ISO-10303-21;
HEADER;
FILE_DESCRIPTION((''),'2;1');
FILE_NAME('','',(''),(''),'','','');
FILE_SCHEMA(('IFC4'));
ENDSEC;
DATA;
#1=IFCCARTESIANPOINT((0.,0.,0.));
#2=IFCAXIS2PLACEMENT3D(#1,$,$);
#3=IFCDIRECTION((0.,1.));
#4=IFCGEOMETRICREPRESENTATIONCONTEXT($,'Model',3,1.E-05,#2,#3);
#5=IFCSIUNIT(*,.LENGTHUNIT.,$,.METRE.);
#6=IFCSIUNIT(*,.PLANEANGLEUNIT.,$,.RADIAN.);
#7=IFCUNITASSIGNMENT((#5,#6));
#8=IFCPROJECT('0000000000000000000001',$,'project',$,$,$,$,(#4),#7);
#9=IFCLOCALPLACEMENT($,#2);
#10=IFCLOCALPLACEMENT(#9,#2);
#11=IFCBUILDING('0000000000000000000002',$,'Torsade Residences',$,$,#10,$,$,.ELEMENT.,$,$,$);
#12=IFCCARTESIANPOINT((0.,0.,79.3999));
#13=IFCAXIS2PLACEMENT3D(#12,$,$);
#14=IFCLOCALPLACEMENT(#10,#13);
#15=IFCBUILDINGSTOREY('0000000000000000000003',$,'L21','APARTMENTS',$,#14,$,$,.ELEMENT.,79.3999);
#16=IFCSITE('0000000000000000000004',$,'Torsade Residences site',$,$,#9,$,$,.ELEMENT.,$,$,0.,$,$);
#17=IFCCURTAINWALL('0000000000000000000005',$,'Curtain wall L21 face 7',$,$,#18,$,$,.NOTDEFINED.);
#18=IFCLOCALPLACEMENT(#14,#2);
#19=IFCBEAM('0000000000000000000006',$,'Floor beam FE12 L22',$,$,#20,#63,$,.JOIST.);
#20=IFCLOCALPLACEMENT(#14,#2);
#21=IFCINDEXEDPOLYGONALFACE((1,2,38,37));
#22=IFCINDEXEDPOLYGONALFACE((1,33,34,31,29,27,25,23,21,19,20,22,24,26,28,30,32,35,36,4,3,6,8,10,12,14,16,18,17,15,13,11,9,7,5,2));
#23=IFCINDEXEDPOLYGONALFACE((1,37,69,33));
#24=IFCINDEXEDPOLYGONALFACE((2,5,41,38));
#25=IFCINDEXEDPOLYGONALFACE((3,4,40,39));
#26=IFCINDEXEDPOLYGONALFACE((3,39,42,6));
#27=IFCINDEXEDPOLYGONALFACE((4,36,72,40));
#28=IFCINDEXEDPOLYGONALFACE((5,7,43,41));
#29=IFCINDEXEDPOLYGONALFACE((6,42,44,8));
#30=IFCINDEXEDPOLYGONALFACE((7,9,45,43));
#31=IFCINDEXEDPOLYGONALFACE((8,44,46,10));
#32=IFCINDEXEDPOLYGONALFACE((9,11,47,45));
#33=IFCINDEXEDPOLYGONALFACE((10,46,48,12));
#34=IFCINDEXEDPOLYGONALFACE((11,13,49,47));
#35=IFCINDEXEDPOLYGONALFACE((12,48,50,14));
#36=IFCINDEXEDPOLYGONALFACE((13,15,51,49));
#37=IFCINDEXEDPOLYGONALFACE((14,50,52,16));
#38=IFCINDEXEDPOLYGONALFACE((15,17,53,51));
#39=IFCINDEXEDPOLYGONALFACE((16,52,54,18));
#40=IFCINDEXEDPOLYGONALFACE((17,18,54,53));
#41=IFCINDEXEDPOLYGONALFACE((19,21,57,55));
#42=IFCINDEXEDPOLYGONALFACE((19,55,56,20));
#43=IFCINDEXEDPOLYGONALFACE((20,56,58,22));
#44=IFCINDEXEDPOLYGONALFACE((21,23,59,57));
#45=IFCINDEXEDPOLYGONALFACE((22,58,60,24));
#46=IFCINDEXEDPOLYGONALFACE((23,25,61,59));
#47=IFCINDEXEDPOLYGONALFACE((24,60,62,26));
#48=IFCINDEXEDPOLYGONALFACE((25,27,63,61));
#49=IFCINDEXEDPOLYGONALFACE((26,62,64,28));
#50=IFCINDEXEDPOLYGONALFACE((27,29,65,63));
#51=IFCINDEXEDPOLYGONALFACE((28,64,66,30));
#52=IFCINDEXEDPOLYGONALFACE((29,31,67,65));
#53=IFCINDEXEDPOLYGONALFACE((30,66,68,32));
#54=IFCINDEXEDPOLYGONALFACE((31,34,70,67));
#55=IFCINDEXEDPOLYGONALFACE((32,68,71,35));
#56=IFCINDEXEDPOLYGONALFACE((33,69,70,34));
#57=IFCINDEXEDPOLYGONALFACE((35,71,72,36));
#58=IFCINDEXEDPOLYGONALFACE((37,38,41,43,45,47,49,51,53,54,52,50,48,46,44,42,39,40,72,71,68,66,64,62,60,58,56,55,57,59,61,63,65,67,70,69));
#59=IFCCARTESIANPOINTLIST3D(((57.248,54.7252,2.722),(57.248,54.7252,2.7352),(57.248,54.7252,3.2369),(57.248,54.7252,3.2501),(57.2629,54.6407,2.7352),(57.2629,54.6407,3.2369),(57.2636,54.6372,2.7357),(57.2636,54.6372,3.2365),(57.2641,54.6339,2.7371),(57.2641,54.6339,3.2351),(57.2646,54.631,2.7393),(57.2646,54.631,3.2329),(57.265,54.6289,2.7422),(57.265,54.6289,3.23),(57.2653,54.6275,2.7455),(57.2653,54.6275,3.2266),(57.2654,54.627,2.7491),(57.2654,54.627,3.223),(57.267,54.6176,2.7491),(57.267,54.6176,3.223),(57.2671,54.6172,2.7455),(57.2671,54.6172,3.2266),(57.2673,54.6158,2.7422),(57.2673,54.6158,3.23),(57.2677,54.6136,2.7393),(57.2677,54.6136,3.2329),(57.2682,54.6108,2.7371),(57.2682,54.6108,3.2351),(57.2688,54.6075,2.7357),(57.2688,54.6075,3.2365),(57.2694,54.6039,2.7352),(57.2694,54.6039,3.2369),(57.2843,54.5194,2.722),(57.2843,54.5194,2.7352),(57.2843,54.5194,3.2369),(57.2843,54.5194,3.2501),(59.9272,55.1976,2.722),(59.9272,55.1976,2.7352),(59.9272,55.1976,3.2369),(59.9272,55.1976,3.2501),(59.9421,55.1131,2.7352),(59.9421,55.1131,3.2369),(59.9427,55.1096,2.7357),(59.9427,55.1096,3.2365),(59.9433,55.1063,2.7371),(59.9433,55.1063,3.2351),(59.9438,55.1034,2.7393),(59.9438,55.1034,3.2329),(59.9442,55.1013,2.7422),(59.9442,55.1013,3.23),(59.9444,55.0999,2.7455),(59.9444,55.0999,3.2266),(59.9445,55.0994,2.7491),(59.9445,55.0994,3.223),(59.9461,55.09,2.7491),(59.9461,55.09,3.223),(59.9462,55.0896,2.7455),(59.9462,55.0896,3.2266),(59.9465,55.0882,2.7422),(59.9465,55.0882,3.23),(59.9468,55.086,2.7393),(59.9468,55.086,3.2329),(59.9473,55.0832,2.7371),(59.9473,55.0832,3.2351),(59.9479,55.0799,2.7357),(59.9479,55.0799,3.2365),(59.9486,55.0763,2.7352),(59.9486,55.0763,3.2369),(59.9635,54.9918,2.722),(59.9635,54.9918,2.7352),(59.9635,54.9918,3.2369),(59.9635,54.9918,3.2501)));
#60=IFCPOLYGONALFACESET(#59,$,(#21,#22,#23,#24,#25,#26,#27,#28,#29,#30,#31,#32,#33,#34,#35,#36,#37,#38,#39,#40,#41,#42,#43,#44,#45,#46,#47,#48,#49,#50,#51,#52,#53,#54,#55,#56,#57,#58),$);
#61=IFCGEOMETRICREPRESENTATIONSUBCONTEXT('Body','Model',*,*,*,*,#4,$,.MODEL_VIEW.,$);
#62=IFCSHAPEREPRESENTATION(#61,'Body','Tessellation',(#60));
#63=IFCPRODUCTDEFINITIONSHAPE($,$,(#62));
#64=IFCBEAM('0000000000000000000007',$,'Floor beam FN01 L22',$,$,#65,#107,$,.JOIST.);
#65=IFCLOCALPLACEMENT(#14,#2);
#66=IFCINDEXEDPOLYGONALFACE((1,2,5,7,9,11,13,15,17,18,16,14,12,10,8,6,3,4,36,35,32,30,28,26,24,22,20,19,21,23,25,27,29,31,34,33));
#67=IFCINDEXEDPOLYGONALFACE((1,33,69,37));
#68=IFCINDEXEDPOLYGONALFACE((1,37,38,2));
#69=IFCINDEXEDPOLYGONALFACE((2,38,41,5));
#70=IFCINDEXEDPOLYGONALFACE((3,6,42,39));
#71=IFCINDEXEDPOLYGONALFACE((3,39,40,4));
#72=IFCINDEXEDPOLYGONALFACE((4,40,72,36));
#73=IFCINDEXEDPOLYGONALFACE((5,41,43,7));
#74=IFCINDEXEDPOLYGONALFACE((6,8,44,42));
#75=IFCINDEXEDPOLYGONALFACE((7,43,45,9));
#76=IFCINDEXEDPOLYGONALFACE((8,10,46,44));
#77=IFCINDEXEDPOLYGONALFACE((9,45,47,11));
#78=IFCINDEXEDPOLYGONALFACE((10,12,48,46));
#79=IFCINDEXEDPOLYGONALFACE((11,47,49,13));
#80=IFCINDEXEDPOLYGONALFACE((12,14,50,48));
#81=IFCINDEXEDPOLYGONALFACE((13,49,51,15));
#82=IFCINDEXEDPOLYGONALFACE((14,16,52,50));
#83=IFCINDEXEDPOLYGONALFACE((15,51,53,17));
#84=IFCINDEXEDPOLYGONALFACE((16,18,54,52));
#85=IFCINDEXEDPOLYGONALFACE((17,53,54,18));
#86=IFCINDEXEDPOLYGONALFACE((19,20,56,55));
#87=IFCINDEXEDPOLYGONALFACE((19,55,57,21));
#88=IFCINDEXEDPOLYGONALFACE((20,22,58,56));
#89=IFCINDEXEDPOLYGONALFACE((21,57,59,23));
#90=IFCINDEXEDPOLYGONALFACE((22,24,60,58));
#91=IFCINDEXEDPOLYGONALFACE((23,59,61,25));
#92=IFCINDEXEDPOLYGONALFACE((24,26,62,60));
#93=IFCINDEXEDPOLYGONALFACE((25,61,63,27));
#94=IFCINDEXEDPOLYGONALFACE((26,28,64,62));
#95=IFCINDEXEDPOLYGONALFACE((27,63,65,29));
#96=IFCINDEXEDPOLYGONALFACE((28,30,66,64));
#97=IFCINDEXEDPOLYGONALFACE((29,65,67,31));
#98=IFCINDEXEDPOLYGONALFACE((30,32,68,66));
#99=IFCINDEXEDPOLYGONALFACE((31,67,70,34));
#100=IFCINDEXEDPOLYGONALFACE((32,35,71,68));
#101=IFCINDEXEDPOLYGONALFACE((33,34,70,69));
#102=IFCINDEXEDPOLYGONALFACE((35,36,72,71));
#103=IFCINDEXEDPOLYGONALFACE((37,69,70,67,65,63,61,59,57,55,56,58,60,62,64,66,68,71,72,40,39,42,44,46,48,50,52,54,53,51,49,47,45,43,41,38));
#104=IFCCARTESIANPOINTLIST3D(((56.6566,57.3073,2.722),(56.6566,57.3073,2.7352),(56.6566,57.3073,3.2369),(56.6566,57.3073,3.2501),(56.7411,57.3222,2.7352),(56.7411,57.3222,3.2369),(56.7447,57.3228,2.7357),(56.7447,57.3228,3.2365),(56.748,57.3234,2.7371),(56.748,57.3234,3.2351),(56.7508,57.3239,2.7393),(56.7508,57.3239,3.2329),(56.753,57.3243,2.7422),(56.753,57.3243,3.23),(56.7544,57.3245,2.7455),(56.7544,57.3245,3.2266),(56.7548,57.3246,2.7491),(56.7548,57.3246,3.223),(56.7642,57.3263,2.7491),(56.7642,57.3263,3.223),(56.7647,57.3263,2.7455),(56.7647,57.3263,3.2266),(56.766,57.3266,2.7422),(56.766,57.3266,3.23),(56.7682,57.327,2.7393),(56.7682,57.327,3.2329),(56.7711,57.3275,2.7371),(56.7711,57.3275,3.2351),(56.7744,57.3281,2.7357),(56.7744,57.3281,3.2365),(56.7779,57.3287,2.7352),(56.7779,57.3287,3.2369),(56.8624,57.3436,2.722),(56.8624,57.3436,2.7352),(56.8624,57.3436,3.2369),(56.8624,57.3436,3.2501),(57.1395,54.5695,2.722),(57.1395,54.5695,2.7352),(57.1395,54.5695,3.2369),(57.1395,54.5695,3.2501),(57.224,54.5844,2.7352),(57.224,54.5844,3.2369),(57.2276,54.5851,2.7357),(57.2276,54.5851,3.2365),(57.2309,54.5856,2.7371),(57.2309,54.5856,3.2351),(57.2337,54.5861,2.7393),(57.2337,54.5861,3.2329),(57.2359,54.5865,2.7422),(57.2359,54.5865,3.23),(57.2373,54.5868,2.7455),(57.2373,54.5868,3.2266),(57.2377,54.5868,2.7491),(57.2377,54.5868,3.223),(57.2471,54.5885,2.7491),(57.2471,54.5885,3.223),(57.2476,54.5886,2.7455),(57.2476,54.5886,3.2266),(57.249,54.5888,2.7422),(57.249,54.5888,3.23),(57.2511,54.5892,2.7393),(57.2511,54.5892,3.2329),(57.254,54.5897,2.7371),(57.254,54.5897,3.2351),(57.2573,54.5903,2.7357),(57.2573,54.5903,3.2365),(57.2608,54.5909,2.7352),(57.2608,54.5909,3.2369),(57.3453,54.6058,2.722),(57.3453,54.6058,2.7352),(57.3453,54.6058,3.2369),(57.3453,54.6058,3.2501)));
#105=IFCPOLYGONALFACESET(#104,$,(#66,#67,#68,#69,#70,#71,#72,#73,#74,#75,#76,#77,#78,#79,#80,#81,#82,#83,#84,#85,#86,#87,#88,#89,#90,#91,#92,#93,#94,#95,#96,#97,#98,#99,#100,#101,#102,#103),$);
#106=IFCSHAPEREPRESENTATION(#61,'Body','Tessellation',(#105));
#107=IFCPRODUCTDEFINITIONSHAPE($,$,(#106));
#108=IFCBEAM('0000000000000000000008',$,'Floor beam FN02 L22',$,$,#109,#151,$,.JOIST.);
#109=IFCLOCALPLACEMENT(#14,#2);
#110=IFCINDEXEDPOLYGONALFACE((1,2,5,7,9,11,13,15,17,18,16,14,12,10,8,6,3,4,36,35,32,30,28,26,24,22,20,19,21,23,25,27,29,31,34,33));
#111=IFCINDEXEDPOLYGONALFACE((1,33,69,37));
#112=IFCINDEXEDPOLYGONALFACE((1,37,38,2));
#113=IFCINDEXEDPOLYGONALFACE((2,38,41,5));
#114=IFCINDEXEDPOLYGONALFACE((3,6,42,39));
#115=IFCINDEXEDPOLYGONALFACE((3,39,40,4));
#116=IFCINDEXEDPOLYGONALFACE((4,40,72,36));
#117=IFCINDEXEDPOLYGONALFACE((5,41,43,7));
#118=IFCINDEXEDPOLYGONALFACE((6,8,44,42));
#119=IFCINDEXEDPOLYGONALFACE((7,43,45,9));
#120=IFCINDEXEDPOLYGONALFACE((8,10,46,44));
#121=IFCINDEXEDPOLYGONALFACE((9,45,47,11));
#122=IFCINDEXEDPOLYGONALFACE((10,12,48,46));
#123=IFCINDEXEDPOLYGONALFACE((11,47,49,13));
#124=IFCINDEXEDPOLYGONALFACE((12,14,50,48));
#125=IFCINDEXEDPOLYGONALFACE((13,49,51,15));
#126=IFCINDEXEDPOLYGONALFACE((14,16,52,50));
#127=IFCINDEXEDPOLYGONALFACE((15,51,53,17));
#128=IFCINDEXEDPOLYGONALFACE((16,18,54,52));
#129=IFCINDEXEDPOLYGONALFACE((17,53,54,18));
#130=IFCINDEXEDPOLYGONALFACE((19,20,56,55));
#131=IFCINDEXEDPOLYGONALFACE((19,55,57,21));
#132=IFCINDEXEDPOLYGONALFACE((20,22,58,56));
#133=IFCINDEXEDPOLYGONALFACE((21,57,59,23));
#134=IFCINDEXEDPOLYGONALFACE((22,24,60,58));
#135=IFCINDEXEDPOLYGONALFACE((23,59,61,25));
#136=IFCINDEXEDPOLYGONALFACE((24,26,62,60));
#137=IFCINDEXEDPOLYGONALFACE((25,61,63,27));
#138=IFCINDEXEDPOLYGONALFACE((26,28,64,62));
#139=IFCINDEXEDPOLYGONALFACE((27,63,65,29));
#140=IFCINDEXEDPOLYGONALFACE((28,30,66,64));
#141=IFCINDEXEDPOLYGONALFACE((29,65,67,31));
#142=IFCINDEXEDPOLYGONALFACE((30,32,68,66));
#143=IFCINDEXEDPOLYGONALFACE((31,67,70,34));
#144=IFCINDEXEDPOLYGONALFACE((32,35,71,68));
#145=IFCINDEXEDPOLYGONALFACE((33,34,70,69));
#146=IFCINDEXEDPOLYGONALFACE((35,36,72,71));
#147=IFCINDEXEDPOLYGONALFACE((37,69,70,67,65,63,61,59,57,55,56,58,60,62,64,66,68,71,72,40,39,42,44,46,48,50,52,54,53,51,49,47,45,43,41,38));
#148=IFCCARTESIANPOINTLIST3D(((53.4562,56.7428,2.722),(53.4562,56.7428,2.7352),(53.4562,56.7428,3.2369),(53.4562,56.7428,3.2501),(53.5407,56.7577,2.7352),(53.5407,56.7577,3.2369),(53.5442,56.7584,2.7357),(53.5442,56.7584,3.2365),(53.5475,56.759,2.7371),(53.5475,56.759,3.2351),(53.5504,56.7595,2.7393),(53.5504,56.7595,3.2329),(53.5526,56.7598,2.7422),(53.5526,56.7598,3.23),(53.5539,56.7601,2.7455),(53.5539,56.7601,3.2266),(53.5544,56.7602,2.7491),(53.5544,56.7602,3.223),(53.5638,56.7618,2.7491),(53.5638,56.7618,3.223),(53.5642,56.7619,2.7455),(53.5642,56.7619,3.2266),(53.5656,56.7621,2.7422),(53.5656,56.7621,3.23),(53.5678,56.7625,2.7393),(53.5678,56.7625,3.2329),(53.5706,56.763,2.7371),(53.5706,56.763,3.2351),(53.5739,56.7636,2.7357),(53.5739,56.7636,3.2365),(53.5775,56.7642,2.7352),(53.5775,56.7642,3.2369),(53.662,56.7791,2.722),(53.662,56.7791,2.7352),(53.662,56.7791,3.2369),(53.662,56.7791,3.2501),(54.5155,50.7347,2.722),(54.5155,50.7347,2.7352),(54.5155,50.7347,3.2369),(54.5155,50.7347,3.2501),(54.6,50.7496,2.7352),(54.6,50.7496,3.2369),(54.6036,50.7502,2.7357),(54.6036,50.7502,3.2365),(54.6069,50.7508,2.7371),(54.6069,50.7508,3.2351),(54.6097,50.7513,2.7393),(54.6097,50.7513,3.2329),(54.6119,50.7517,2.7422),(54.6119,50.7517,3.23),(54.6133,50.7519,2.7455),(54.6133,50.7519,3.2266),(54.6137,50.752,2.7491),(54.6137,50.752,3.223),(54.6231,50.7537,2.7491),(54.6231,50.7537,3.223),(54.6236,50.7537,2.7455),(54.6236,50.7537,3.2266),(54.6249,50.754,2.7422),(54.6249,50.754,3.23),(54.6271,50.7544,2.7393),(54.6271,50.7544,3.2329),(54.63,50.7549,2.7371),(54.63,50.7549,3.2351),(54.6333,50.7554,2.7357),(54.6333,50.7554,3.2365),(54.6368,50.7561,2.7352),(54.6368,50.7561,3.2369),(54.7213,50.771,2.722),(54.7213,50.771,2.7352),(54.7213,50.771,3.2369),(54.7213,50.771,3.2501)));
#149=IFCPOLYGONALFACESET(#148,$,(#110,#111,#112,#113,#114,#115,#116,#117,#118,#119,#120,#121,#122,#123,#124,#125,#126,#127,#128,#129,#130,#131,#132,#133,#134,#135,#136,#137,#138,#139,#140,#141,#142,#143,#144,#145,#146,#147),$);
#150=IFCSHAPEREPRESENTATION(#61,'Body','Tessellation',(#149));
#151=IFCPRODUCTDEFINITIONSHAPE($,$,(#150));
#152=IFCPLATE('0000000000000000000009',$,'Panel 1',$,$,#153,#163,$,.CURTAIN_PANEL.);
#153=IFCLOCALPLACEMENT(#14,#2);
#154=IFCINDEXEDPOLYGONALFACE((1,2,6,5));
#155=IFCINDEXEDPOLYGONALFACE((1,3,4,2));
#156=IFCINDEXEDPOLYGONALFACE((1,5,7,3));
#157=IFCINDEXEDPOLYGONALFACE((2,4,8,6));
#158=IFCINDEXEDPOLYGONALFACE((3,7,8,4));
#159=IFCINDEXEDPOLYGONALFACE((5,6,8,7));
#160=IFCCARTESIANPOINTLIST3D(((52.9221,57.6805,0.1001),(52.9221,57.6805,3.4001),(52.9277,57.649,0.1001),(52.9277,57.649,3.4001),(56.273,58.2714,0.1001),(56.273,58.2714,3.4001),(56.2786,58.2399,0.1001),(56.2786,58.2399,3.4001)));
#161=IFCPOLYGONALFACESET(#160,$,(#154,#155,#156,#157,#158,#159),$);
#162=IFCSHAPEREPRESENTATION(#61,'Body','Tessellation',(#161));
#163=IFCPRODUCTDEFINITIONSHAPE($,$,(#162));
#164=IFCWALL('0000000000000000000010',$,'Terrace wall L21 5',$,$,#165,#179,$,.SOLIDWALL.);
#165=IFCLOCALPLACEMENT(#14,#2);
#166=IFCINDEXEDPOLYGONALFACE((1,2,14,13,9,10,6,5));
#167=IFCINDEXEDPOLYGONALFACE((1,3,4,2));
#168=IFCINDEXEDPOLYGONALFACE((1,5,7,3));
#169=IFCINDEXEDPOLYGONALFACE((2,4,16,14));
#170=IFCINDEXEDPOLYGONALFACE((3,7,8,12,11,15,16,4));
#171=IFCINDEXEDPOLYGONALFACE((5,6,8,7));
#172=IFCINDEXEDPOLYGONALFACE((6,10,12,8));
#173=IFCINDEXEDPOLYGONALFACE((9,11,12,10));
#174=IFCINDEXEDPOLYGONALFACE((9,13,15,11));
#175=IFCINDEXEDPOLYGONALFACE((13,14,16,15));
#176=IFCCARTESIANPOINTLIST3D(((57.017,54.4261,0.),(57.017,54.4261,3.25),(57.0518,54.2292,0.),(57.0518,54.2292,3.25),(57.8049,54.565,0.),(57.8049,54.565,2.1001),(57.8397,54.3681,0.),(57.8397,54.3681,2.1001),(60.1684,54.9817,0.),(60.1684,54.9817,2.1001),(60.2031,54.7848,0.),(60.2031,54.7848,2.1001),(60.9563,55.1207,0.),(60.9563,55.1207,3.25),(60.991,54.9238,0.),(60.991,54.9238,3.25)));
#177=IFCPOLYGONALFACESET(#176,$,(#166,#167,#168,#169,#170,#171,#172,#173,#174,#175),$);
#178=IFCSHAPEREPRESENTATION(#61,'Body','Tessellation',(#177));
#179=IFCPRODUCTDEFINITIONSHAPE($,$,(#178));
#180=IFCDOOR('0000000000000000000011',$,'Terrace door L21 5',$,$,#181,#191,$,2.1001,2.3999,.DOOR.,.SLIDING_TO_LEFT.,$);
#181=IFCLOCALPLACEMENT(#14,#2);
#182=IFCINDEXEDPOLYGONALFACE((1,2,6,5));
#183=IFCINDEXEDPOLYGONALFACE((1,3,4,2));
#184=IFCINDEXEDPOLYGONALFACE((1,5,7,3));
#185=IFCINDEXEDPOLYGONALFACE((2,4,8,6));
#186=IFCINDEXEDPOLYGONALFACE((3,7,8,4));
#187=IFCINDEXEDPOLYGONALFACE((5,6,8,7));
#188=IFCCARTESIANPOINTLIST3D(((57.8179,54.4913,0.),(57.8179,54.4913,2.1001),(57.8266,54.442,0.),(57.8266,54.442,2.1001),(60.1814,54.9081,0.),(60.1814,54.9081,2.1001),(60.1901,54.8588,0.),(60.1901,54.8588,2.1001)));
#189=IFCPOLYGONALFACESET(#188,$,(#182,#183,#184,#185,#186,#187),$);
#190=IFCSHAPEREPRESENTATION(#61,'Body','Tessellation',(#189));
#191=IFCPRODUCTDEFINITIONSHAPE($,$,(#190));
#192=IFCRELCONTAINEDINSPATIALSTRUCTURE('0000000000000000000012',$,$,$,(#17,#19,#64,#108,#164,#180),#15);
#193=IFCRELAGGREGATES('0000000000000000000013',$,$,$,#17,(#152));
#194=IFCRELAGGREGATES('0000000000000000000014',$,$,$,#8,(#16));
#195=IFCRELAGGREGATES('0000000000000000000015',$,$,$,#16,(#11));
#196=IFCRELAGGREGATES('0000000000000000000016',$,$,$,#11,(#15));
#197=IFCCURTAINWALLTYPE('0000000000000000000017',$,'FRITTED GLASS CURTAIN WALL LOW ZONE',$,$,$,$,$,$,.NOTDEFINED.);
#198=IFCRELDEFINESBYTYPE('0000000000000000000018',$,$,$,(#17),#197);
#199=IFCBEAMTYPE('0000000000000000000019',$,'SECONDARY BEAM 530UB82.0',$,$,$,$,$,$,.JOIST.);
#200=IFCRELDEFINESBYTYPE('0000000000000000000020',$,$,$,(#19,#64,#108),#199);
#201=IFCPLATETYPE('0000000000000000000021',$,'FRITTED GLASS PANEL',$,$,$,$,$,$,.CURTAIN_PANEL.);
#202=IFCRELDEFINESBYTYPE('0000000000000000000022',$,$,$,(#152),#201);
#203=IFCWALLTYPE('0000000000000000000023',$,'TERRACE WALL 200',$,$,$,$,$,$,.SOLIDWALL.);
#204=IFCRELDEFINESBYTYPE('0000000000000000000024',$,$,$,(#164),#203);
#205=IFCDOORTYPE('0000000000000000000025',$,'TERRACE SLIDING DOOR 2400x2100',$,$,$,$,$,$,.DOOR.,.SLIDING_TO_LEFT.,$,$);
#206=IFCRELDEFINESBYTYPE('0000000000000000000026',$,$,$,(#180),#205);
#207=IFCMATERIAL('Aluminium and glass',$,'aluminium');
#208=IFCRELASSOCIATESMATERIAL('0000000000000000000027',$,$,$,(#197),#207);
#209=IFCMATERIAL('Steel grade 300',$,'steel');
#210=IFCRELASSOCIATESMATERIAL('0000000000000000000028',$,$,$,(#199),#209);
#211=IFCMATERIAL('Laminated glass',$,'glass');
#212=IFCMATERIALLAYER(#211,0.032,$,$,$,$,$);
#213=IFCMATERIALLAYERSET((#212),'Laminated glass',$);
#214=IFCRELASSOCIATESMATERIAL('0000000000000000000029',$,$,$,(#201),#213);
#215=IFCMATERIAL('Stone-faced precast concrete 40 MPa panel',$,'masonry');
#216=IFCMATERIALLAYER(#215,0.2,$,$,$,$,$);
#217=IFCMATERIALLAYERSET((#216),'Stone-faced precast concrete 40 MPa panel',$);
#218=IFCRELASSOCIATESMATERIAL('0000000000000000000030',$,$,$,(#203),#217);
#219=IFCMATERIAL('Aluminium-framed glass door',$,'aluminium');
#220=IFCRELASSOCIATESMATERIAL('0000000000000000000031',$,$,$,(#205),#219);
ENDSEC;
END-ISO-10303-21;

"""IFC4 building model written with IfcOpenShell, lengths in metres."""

from ifc_helpers import new_model, si_unit, direction, frame, frame_2d, origin, origin_2d, place, context, subcontext, project, spatial, rectangle, i_section, extrude, material, layer, layer_set, material_profile, profile_set, type_object, element, fill, aggregate, save


model = new_model("IFC4")

# Units and contexts
model_context = context("Model", 3, precision=1e-05, world=origin(), true_north=direction((0.0, 1.0)))
body_context = subcontext(model_context, "Body", "Model", "MODEL_VIEW")
ifc_project = project(units=[si_unit("LENGTHUNIT", "METRE"), si_unit("PLANEANGLEUNIT", "RADIAN")], contexts=[model_context])

# Site, building, storey
site_placement = place(None, origin())
site = spatial("IfcSite", under=ifc_project, at=site_placement, Name="Torsade Residences site", CompositionType="ELEMENT", RefElevation=0.0)
building_placement = place(site_placement, origin())
building = spatial("IfcBuilding", under=site, at=building_placement, Name="Torsade Residences", CompositionType="ELEMENT")
storey_placement = place(building_placement, frame((0.0, 0.0, 79.3999)))
storey = spatial("IfcBuildingStorey", under=building, at=storey_placement, Name="L21", Description="APARTMENTS", CompositionType="ELEMENT", Elevation=79.3999)

# Shared definitions
ifc_material_1 = material(Name="Aluminium and glass", Category="aluminium")
curtain_wall_type = type_object("IfcCurtainWallType", Name="FRITTED GLASS CURTAIN WALL LOW ZONE", PredefinedType="NOTDEFINED", material=ifc_material_1)

# Curtain wall
curtain_wall_1_placement = place(storey_placement, origin())
curtain_wall_1 = element("IfcCurtainWall", 1, at=curtain_wall_1_placement, inside=storey, type_object=curtain_wall_type, Name="Curtain wall L21 face 7", PredefinedType="NOTDEFINED")

# Beams
ifc_material_2 = material(Name="Steel grade 300", Category="steel")
ifc_material_profile_1 = material_profile(ifc_material_2, i_section(OverallWidth=0.209, OverallDepth=0.5281, WebThickness=0.0095, FlangeThickness=0.0132, FilletRadius=0.0139, at=origin_2d()), Name="530UB82.0")
ifc_profile_set_1 = profile_set([ifc_material_profile_1], Name="Steel grade 300")
beam_type_1 = type_object("IfcBeamType", Name="SECONDARY BEAM 530UB82.0", PredefinedType="JOIST", material=ifc_profile_set_1)
beam_1_placement = place(storey_placement, frame((59.9453, 55.0947, 2.9861), z_axis=(-0.984808, -0.173647, 0.0), x_axis=(0.173647, -0.984808, 0.0)))
element("IfcBeam", 2, at=beam_1_placement, inside=storey, type_object=beam_type_1, Name="Floor beam FE12 L22", PredefinedType="JOIST", context=body_context, shape_type="SweptSolid", body=[
    extrude(i_section(OverallWidth=0.209, OverallDepth=0.5281, WebThickness=0.0095, FlangeThickness=0.0132, FilletRadius=0.0139, at=origin_2d()), origin(), (0.0, 0.0, 1.0), 2.7205),
])
beam_2_placement = place(storey_placement, frame((56.7595, 57.3254, 2.9861), z_axis=(0.173705, -0.984798, 0.0), x_axis=(0.984798, 0.173705, 0.0)))
element("IfcBeam", 3, at=beam_2_placement, inside=storey, type_object=beam_type_1, Name="Floor beam FN01 L22", PredefinedType="JOIST", context=body_context, shape_type="SweptSolid", body=[
    extrude(i_section(OverallWidth=0.209, OverallDepth=0.5281, WebThickness=0.0095, FlangeThickness=0.0132, FilletRadius=0.0139, at=origin_2d()), origin(), (0.0, 0.0, 1.0), 2.78),
])
beam_3_placement = place(storey_placement, frame((53.5591, 56.761, 2.9861), z_axis=(0.173639, -0.984809, 0.0), x_axis=(0.984809, 0.173639, 0.0)))
element("IfcBeam", 4, at=beam_3_placement, inside=storey, type_object=beam_type_1, Name="Floor beam FN02 L22", PredefinedType="JOIST", context=body_context, shape_type="SweptSolid", body=[
    extrude(i_section(OverallWidth=0.209, OverallDepth=0.5281, WebThickness=0.0095, FlangeThickness=0.0132, FilletRadius=0.0139, at=origin_2d()), origin(), (0.0, 0.0, 1.0), 6.1008),
])

# Plate
ifc_material_3 = material(Name="Laminated glass", Category="glass")
ifc_layer_1 = layer(ifc_material_3, 0.032)
ifc_layer_set_1 = layer_set([ifc_layer_1], Name="Laminated glass")
plate_type = type_object("IfcPlateType", Name="FRITTED GLASS PANEL", PredefinedType="CURTAIN_PANEL", material=ifc_layer_set_1)
plate_placement = place(storey_placement, frame((54.6003, 57.9602, 0.1001), z_axis=(0.0, 0.0, 1.0), x_axis=(-0.984808, -0.173648, 0.0)))
plate = element("IfcPlate", 5, at=plate_placement, type_object=plate_type, Name="Panel 1", PredefinedType="CURTAIN_PANEL", context=body_context, shape_type="SweptSolid", body=[
    extrude(rectangle(XDim=3.4026, YDim=0.032, at=origin_2d()), origin(), (0.0, 0.0, 1.0), 3.3),
])
aggregate(curtain_wall_1, [plate])

# Wall, opening, door
ifc_material_4 = material(Name="Stone-faced precast concrete 40 MPa panel", Category="masonry")
ifc_layer_2 = layer(ifc_material_4, 0.2)
ifc_layer_set_2 = layer_set([ifc_layer_2], Name="Stone-faced precast concrete 40 MPa panel")
wall_type = type_object("IfcWallType", Name="TERRACE WALL 200", PredefinedType="SOLIDWALL", material=ifc_layer_set_2)
wall_1_placement = place(storey_placement, frame((60.9736, 55.0222, 0.0), z_axis=(0.0, 0.0, 1.0), x_axis=(-0.984808, -0.173646, 0.0)))
wall_1 = element("IfcWall", 6, at=wall_1_placement, inside=storey, type_object=wall_type, Name="Terrace wall L21 5", PredefinedType="SOLIDWALL", context=body_context, shape_type="SweptSolid", body=[
    extrude(rectangle(XDim=4.0, YDim=0.2, at=frame_2d((2.0, 0.0))), origin(), (0.0, 0.0, 1.0), 3.25),
])
opening_1_placement = place(wall_1_placement, frame((0.8, 0.0, 0.0)))
opening_1 = element("IfcOpeningElement", 7, at=opening_1_placement, cuts=wall_1, PredefinedType="OPENING", context=body_context, shape_type="SweptSolid", body=[
    extrude(rectangle(XDim=2.3999, YDim=2.1001, at=frame_2d((1.2, 1.05))), frame((0.0, 0.1099, 0.0), z_axis=(0.0, -1.0, 0.0), x_axis=(1.0, 0.0, 0.0)), (0.0, 0.0, 1.0), 0.22),
])
ifc_material_5 = material(Name="Aluminium-framed glass door", Category="aluminium")
door_type = type_object("IfcDoorType", Name="TERRACE SLIDING DOOR 2400x2100", OperationType="SLIDING_TO_LEFT", PredefinedType="DOOR", material=ifc_material_5)
door_placement = place(opening_1_placement, origin())
door = element("IfcDoor", 8, at=door_placement, inside=storey, type_object=door_type, Name="Terrace door L21 5", OperationType="SLIDING_TO_LEFT", OverallHeight=2.1001, OverallWidth=2.3999, PredefinedType="DOOR", context=body_context, shape_type="SweptSolid", body=[
    extrude(rectangle(XDim=2.3999, YDim=2.1001, at=frame_2d((1.2, 1.05))), frame((0.0, 0.0249, 0.0), z_axis=(0.0, -1.0, 0.0), x_axis=(1.0, 0.0, 0.0)), (0.0, 0.0, 1.0), 0.05),
])
fill(opening_1, door)

save(model, "model.ifc")
